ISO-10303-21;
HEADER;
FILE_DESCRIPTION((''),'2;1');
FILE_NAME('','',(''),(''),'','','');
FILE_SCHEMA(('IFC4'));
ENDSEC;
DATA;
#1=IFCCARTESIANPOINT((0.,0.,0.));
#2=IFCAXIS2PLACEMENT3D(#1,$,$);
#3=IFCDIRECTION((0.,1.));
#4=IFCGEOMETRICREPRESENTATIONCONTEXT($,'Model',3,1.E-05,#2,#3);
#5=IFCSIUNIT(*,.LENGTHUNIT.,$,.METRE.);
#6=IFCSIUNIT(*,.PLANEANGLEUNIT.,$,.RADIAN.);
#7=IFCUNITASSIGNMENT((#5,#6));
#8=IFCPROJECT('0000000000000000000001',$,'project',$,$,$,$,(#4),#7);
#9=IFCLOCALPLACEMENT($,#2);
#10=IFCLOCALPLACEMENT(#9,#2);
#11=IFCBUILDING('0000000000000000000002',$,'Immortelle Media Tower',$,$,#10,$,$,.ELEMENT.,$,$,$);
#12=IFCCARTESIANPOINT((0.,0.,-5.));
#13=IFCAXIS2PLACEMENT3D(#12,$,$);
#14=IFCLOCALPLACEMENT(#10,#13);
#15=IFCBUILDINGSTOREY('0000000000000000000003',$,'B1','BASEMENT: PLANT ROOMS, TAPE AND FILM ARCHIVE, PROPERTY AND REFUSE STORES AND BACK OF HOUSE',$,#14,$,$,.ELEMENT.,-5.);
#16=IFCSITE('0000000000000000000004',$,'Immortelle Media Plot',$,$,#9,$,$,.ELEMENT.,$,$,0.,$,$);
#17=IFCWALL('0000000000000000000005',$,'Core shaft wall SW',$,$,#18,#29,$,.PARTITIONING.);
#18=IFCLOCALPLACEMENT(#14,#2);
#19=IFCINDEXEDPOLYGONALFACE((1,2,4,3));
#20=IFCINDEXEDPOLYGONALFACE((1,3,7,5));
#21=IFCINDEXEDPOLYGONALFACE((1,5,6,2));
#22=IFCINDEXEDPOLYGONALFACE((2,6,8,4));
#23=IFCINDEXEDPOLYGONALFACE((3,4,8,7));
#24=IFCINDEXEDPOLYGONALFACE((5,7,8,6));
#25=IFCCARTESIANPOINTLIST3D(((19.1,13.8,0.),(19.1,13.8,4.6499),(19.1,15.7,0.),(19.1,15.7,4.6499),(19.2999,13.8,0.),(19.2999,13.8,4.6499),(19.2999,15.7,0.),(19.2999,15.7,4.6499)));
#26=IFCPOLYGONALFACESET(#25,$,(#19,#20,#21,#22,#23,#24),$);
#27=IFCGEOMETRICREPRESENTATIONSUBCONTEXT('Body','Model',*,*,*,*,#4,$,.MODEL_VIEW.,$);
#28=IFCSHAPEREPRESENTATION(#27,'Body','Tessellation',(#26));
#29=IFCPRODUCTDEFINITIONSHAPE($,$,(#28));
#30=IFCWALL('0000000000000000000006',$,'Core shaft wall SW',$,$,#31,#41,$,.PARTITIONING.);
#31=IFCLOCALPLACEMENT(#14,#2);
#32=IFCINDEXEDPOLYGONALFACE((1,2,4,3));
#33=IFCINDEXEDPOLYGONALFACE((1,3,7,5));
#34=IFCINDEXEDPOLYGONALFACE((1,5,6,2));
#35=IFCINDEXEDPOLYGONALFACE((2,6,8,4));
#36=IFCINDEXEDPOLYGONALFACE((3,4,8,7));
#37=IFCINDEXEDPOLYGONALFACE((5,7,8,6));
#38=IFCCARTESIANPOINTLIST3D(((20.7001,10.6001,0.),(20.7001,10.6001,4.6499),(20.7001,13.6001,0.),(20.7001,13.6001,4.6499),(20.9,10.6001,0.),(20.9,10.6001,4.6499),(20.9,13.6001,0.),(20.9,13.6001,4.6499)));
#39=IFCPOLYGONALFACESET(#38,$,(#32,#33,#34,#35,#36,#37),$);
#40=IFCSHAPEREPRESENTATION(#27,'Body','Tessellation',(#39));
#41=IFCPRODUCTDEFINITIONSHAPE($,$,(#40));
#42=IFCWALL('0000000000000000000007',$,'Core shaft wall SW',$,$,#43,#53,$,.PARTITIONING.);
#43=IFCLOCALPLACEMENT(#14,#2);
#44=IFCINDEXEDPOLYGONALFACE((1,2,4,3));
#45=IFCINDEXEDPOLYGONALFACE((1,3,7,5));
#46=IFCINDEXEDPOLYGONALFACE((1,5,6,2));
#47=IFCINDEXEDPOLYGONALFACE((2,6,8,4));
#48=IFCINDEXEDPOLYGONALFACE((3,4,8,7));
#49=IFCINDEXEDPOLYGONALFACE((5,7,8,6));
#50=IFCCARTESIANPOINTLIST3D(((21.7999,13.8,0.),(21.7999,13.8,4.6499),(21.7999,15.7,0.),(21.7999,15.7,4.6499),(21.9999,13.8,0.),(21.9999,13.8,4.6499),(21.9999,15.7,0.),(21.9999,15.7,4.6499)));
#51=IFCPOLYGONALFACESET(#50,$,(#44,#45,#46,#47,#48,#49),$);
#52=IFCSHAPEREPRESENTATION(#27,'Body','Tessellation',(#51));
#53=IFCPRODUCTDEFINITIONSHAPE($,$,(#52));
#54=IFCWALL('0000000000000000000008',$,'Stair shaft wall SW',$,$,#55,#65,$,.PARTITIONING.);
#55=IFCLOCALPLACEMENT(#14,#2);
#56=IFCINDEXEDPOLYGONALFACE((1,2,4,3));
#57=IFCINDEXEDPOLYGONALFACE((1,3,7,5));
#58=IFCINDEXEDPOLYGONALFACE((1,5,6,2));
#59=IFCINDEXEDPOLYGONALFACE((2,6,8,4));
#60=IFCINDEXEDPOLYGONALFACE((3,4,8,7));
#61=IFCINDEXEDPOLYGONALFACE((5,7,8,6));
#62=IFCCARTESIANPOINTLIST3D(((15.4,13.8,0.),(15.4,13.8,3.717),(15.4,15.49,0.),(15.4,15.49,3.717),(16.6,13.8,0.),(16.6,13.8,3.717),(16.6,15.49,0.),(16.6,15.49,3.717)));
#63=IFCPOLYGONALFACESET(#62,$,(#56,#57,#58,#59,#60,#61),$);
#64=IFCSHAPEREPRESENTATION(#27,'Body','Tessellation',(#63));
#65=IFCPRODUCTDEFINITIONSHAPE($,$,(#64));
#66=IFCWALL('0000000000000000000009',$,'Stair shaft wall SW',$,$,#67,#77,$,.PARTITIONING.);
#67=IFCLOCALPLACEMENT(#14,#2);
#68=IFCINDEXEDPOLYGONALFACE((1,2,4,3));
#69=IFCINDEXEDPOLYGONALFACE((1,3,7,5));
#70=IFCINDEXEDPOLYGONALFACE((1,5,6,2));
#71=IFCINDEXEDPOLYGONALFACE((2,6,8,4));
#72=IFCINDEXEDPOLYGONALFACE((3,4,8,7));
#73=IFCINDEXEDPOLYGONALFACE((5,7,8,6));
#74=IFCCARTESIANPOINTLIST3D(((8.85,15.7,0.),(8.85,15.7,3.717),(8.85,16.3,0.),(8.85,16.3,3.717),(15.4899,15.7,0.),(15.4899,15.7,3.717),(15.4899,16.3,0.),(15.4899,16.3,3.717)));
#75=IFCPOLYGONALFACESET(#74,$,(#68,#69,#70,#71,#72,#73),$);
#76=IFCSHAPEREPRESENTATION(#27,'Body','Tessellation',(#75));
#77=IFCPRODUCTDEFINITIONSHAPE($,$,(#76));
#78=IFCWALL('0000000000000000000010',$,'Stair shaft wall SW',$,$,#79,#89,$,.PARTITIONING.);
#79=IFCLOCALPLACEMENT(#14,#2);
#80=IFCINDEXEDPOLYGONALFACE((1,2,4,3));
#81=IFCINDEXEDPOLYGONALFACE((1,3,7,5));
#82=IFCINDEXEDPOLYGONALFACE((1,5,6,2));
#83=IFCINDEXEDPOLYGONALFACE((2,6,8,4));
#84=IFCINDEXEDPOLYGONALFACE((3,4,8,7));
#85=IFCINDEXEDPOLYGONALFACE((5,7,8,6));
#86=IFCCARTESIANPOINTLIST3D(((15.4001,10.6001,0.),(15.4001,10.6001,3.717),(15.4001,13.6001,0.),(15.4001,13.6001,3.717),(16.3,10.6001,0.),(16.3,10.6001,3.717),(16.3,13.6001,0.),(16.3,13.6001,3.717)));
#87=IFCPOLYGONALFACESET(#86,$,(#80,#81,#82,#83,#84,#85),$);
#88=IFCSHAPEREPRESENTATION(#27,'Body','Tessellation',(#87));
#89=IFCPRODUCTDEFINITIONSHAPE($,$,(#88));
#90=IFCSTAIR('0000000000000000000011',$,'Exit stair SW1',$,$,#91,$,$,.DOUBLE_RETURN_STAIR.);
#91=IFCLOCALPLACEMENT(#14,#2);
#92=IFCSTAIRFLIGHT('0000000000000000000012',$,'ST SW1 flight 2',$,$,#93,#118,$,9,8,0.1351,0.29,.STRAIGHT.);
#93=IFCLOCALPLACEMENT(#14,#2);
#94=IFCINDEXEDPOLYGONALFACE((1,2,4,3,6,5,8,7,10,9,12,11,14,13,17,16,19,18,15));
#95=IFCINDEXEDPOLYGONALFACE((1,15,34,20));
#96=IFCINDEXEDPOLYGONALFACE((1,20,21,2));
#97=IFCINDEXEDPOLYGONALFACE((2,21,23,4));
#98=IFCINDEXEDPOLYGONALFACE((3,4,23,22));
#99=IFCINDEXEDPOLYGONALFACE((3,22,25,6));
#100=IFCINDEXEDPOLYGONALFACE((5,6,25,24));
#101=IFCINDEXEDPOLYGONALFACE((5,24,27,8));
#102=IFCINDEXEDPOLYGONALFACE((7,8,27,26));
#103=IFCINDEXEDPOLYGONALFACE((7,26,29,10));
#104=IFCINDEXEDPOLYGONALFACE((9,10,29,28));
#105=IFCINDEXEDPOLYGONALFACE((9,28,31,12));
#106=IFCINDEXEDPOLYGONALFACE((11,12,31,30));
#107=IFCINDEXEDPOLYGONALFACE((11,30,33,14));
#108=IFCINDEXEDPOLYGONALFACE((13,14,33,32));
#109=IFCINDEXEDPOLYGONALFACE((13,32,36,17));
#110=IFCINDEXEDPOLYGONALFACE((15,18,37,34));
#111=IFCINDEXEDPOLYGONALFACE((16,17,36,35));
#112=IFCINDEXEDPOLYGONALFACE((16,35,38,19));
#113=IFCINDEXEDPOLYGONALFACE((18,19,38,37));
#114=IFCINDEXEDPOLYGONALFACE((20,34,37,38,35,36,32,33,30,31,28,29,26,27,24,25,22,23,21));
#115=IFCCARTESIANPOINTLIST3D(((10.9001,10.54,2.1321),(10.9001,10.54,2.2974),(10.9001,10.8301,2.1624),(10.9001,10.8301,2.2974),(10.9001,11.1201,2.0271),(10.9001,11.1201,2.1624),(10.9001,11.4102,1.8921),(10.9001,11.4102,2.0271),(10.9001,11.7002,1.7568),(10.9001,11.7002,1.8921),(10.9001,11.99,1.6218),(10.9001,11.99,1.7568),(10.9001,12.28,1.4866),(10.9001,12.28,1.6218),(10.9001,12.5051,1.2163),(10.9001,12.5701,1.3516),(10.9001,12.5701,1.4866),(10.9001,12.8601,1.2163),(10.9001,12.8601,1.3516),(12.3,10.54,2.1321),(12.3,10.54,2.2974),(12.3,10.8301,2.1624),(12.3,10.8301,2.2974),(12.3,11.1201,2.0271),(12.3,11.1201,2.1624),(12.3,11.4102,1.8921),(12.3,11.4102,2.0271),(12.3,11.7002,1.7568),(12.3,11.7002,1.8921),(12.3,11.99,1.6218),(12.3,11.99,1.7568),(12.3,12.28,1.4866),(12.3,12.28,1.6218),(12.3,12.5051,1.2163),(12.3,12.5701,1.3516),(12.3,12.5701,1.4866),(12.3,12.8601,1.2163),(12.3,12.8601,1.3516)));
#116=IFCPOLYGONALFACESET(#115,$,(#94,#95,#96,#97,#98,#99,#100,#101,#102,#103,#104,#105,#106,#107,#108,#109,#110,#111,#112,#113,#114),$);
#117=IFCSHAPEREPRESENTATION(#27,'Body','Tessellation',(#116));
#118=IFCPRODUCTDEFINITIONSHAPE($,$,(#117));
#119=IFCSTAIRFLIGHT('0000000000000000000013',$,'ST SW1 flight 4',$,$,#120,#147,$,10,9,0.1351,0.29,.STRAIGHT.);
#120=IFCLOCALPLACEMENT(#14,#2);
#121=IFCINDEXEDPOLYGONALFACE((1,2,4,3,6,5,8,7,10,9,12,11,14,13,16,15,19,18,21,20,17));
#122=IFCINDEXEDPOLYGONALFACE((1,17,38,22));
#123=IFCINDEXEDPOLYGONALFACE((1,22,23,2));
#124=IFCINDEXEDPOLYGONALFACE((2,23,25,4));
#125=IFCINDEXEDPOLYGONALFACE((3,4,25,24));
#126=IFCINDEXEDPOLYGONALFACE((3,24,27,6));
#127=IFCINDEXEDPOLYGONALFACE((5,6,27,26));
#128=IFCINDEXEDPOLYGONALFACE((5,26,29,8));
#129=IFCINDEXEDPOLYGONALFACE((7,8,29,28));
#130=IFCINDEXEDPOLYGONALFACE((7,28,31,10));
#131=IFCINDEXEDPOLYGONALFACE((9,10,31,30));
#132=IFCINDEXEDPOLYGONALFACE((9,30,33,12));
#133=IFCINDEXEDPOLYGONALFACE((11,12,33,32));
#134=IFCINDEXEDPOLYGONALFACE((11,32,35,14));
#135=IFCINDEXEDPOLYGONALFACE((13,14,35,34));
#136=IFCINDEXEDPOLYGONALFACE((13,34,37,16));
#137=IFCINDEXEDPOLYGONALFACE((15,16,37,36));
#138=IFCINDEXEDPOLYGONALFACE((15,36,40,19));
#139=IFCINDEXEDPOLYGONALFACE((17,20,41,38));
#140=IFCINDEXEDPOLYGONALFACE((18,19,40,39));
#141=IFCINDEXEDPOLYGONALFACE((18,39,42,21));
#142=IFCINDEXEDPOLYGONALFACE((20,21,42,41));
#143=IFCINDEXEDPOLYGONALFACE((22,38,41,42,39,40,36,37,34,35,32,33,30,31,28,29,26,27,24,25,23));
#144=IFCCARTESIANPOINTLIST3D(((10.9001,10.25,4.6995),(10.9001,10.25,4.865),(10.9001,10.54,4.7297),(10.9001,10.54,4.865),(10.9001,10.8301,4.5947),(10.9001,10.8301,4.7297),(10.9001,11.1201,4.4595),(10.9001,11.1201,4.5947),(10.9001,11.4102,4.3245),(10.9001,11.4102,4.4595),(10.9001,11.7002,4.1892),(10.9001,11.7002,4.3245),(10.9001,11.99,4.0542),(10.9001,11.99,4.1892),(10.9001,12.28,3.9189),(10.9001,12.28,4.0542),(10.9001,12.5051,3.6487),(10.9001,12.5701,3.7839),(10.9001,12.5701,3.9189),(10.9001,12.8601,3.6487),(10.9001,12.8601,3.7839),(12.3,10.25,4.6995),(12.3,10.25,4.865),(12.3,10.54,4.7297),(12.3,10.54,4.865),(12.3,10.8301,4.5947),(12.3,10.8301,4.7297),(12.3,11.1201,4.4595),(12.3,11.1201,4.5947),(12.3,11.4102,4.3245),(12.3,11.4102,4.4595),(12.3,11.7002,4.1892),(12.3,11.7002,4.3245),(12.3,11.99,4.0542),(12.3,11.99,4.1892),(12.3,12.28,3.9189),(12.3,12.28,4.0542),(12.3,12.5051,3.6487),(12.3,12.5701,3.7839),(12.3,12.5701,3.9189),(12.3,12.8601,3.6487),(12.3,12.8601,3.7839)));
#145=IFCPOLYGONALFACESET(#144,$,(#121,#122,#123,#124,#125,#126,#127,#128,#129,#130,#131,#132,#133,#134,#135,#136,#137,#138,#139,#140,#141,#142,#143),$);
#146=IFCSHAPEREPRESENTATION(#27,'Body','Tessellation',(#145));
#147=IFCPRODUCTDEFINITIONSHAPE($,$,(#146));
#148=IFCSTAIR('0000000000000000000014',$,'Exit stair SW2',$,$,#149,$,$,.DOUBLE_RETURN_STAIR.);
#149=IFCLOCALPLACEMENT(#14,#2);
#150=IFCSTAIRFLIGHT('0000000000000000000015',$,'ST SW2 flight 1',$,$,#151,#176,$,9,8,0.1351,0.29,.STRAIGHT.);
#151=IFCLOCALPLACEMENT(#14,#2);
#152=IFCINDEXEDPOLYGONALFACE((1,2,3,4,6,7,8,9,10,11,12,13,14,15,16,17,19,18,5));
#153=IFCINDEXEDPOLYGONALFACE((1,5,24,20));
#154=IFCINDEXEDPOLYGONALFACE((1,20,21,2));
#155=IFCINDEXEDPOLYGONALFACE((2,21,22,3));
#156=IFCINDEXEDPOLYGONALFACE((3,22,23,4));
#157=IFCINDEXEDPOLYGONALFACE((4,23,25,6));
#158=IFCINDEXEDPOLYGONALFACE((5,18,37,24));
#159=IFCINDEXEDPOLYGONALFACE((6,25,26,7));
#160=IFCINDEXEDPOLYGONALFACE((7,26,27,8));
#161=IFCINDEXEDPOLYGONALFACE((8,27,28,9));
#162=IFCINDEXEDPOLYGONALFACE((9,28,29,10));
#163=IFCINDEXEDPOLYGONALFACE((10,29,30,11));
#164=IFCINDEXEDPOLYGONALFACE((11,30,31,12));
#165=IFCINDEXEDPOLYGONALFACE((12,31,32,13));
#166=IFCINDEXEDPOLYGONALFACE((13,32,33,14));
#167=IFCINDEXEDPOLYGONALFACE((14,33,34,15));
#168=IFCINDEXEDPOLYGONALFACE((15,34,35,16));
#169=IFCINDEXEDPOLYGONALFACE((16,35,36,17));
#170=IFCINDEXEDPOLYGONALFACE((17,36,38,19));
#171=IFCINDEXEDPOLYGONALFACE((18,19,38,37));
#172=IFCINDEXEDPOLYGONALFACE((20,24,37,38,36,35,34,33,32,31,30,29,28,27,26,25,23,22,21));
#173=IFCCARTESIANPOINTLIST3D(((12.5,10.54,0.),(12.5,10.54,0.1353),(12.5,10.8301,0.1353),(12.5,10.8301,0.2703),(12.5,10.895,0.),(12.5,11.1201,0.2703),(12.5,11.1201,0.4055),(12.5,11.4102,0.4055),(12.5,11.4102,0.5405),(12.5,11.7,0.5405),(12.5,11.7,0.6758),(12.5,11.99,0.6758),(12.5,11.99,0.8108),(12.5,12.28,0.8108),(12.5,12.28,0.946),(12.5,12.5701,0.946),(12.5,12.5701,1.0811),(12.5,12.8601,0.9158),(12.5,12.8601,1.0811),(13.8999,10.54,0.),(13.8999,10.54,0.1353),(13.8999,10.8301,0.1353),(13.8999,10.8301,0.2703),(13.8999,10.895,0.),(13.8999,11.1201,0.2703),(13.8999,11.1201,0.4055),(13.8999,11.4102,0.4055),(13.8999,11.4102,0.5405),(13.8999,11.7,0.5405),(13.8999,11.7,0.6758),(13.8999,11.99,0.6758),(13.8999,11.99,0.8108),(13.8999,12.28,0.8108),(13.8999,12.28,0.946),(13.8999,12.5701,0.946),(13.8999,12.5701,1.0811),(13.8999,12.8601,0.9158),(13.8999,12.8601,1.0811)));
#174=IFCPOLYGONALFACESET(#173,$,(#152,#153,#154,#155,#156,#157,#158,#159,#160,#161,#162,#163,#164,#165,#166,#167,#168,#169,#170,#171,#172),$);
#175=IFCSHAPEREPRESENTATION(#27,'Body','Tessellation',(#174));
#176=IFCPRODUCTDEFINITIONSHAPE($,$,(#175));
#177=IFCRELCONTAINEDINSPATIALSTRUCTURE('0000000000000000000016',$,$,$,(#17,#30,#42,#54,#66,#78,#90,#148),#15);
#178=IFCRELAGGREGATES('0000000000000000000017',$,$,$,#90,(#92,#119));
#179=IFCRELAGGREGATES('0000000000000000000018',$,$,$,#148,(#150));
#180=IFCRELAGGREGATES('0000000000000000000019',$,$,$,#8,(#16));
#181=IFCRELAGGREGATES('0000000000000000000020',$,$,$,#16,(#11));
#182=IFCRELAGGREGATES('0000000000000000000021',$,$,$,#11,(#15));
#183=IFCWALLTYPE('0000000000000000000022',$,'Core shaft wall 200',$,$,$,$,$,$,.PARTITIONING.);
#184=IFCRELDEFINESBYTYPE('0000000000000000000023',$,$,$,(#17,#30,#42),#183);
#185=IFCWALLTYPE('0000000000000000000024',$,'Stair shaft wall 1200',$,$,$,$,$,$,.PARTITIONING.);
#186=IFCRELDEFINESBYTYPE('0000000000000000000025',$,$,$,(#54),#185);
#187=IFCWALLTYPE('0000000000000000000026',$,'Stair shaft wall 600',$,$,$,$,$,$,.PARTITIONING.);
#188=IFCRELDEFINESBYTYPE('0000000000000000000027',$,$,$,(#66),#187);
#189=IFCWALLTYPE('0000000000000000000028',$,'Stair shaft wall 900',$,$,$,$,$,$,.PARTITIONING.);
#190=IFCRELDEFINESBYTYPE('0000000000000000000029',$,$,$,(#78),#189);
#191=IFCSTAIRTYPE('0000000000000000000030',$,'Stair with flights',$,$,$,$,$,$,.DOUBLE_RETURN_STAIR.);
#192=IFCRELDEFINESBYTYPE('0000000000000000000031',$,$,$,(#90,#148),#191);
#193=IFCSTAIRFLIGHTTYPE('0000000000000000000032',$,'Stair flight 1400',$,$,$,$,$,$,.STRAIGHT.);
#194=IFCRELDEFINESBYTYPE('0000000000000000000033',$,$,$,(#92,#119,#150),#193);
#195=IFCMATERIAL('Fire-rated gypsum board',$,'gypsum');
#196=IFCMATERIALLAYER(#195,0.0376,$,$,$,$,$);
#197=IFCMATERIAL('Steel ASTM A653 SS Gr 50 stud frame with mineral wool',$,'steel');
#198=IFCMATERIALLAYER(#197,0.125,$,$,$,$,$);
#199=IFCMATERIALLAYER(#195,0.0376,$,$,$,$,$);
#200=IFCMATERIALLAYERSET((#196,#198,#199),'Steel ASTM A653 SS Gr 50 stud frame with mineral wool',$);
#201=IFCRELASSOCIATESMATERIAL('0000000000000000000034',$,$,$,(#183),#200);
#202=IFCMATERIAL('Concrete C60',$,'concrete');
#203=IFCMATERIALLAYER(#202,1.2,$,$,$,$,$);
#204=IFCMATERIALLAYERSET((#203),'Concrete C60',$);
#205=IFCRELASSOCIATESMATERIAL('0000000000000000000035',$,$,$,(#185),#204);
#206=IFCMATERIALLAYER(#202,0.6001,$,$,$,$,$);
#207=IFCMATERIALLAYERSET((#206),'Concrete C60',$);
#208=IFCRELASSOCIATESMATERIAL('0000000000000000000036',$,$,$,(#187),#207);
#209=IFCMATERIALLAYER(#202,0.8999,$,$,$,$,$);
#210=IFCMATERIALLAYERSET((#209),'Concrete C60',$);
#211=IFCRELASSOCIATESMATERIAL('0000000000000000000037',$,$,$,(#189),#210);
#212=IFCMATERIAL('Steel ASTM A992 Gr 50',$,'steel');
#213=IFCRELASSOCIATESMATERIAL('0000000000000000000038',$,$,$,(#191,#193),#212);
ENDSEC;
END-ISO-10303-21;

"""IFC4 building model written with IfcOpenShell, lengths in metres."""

from ifc_helpers import new_model, si_unit, direction, frame, frame_2d, origin, place, context, subcontext, project, spatial, polyline, rectangle, outline, extrude, material, layer, layer_set, type_object, element, aggregate, save


model = new_model("IFC4")

# Units and contexts
model_context = context("Model", 3, precision=1e-05, world=origin(), true_north=direction((0.0, 1.0)))
body_context = subcontext(model_context, "Body", "Model", "MODEL_VIEW")
ifc_project = project(units=[si_unit("LENGTHUNIT", "METRE"), si_unit("PLANEANGLEUNIT", "RADIAN")], contexts=[model_context])

# Site, building, storey
site_placement = place(None, origin())
site = spatial("IfcSite", under=ifc_project, at=site_placement, Name="Immortelle Media Plot", CompositionType="ELEMENT", RefElevation=0.0)
building_placement = place(site_placement, origin())
building = spatial("IfcBuilding", under=site, at=building_placement, Name="Immortelle Media Tower", CompositionType="ELEMENT")
storey_placement = place(building_placement, frame((0.0, 0.0, -5.0)))
storey = spatial("IfcBuildingStorey", under=building, at=storey_placement, Name="B1", Description="BASEMENT: PLANT ROOMS, TAPE AND FILM ARCHIVE, PROPERTY AND REFUSE STORES AND BACK OF HOUSE", CompositionType="ELEMENT", Elevation=-5.0)

# Shared definitions
ifc_material_1 = material(Name="Concrete C60", Category="concrete")

# Walls
ifc_material_2 = material(Name="Fire-rated gypsum board", Category="gypsum")
ifc_layer_1 = layer(ifc_material_2, 0.0376)
ifc_material_3 = material(Name="Steel ASTM A653 SS Gr 50 stud frame with mineral wool", Category="steel")
ifc_layer_2 = layer(ifc_material_3, 0.125)
ifc_layer_3 = layer(ifc_material_2, 0.0376)
ifc_layer_set_1 = layer_set([ifc_layer_1, ifc_layer_2, ifc_layer_3], Name="Steel ASTM A653 SS Gr 50 stud frame with mineral wool")
wall_type_1 = type_object("IfcWallType", Name="Core shaft wall 200", PredefinedType="PARTITIONING", material=ifc_layer_set_1)
wall_1_placement = place(storey_placement, frame((19.2, 13.8, 0.0), z_axis=(0.0, 0.0, 1.0), x_axis=(0.0, 1.0, 0.0)))
element("IfcWall", 1, at=wall_1_placement, inside=storey, type_object=wall_type_1, Name="Core shaft wall SW", PredefinedType="PARTITIONING", context=body_context, shape_type="SweptSolid", body=[
    extrude(rectangle(XDim=1.8999, YDim=0.2, at=frame_2d((0.95, 0.0))), origin(), (0.0, 0.0, 1.0), 4.6499),
])
wall_2_placement = place(storey_placement, frame((20.8, 10.6001, 0.0), z_axis=(0.0, 0.0, 1.0), x_axis=(0.0, 1.0, 0.0)))
element("IfcWall", 2, at=wall_2_placement, inside=storey, type_object=wall_type_1, Name="Core shaft wall SW", PredefinedType="PARTITIONING", context=body_context, shape_type="SweptSolid", body=[
    extrude(rectangle(XDim=3.0, YDim=0.2, at=frame_2d((1.5, 0.0))), origin(), (0.0, 0.0, 1.0), 4.6499),
])
wall_3_placement = place(storey_placement, frame((21.8999, 13.8, 0.0), z_axis=(0.0, 0.0, 1.0), x_axis=(0.0, 1.0, 0.0)))
element("IfcWall", 3, at=wall_3_placement, inside=storey, type_object=wall_type_1, Name="Core shaft wall SW", PredefinedType="PARTITIONING", context=body_context, shape_type="SweptSolid", body=[
    extrude(rectangle(XDim=1.8999, YDim=0.2, at=frame_2d((0.95, 0.0))), origin(), (0.0, 0.0, 1.0), 4.6499),
])
ifc_layer_4 = layer(ifc_material_1, 1.2)
ifc_layer_set_2 = layer_set([ifc_layer_4], Name="Concrete C60")
wall_type_2 = type_object("IfcWallType", Name="Stair shaft wall 1200", PredefinedType="PARTITIONING", material=ifc_layer_set_2)
wall_4_placement = place(storey_placement, frame((16.0, 13.8, 0.0), z_axis=(0.0, 0.0, 1.0), x_axis=(0.0, 1.0, 0.0)))
element("IfcWall", 4, at=wall_4_placement, inside=storey, type_object=wall_type_2, Name="Stair shaft wall SW", PredefinedType="PARTITIONING", context=body_context, shape_type="SweptSolid", body=[
    extrude(rectangle(XDim=1.6899, YDim=1.2, at=frame_2d((0.845, 0.0))), origin(), (0.0, 0.0, 1.0), 3.717),
])
ifc_layer_5 = layer(ifc_material_1, 0.6001)
ifc_layer_set_3 = layer_set([ifc_layer_5], Name="Concrete C60")
wall_type_3 = type_object("IfcWallType", Name="Stair shaft wall 600", PredefinedType="PARTITIONING", material=ifc_layer_set_3)
wall_5_placement = place(storey_placement, frame((8.8501, 16.0, 0.0), z_axis=(0.0, 0.0, 1.0), x_axis=(1.0, 0.0, 0.0)))
element("IfcWall", 5, at=wall_5_placement, inside=storey, type_object=wall_type_3, Name="Stair shaft wall SW", PredefinedType="PARTITIONING", context=body_context, shape_type="SweptSolid", body=[
    extrude(rectangle(XDim=6.6399, YDim=0.6001, at=frame_2d((3.3198, 0.0))), origin(), (0.0, 0.0, 1.0), 3.717),
])
ifc_layer_6 = layer(ifc_material_1, 0.8999)
ifc_layer_set_4 = layer_set([ifc_layer_6], Name="Concrete C60")
wall_type_4 = type_object("IfcWallType", Name="Stair shaft wall 900", PredefinedType="PARTITIONING", material=ifc_layer_set_4)
wall_6_placement = place(storey_placement, frame((15.8501, 10.6001, 0.0), z_axis=(0.0, 0.0, 1.0), x_axis=(0.0, 1.0, 0.0)))
element("IfcWall", 6, at=wall_6_placement, inside=storey, type_object=wall_type_4, Name="Stair shaft wall SW", PredefinedType="PARTITIONING", context=body_context, shape_type="SweptSolid", body=[
    extrude(rectangle(XDim=3.0, YDim=0.8999, at=frame_2d((1.5, 0.0))), origin(), (0.0, 0.0, 1.0), 3.717),
])

# Stairs, stair flights
ifc_material_4 = material(Name="Steel ASTM A992 Gr 50", Category="steel")
stair_type = type_object("IfcStairType", Name="Stair with flights", PredefinedType="DOUBLE_RETURN_STAIR", material=ifc_material_4)
stair_1_placement = place(storey_placement, origin())
stair_1 = element("IfcStair", 7, at=stair_1_placement, inside=storey, type_object=stair_type, Name="Exit stair SW1", PredefinedType="DOUBLE_RETURN_STAIR")
stair_flight_type = type_object("IfcStairFlightType", Name="Stair flight 1400", PredefinedType="STRAIGHT", material=ifc_material_4)
stair_flight_1_placement = place(storey_placement, frame((11.6001, 12.8601, 1.2163), z_axis=(0.0, 0.0, 1.0), x_axis=(0.0, -1.0, 0.0)))
stair_flight_1 = element("IfcStairFlight", 8, at=stair_flight_1_placement, type_object=stair_flight_type, Name="ST SW1 flight 2", NumberOfRisers=9, NumberOfTreads=8, PredefinedType="STRAIGHT", RiserHeight=0.1351, TreadLength=0.29, context=body_context, shape_type="SweptSolid", body=[
    extrude(outline(polyline([(0.0, 0.0), (0.0, 0.1353), (0.29, 0.1353), (0.29, 0.2703), (0.5801, 0.2703), (0.5801, 0.4055), (0.8701, 0.4055), (0.8701, 0.5405), (1.1599, 0.5405), (1.1599, 0.6758), (1.45, 0.6758), (1.45, 0.8108), (1.74, 0.8108), (1.74, 0.946), (2.03, 0.946), (2.03, 1.0811), (2.3201, 1.0811), (2.3201, 1.2163), (2.3201, 0.9158), (0.355, 0.0), (0.0, 0.0)])), frame((0.0, 0.7, 0.0), z_axis=(0.0, -1.0, 0.0), x_axis=(1.0, 0.0, 0.0)), (0.0, 0.0, 1.0), 1.3999),
])
stair_flight_2_placement = place(storey_placement, frame((11.6001, 12.8601, 3.6487), z_axis=(0.0, 0.0, 1.0), x_axis=(0.0, -1.0, 0.0)))
stair_flight_2 = element("IfcStairFlight", 9, at=stair_flight_2_placement, type_object=stair_flight_type, Name="ST SW1 flight 4", NumberOfRisers=10, NumberOfTreads=9, PredefinedType="STRAIGHT", RiserHeight=0.1351, TreadLength=0.29, context=body_context, shape_type="SweptSolid", body=[
    extrude(outline(polyline([(0.0, 0.0), (0.0, 0.1353), (0.29, 0.1353), (0.29, 0.2703), (0.5801, 0.2703), (0.5801, 0.4055), (0.8701, 0.4055), (0.8701, 0.5405), (1.1599, 0.5405), (1.1599, 0.6758), (1.45, 0.6758), (1.45, 0.8108), (1.74, 0.8108), (1.74, 0.946), (2.03, 0.946), (2.03, 1.0811), (2.3201, 1.0811), (2.3201, 1.2163), (2.6101, 1.2163), (2.6101, 1.3513), (2.6101, 1.0508), (0.355, 0.0), (0.0, 0.0)])), frame((0.0, 0.7, 0.0), z_axis=(0.0, -1.0, 0.0), x_axis=(1.0, 0.0, 0.0)), (0.0, 0.0, 1.0), 1.3999),
])
aggregate(stair_1, [stair_flight_1, stair_flight_2])
stair_2_placement = place(storey_placement, origin())
stair_2 = element("IfcStair", 10, at=stair_2_placement, inside=storey, type_object=stair_type, Name="Exit stair SW2", PredefinedType="DOUBLE_RETURN_STAIR")
stair_flight_3_placement = place(storey_placement, frame((13.2, 10.54, 0.0), z_axis=(0.0, 0.0, 1.0), x_axis=(0.0, 1.0, 0.0)))
stair_flight_3 = element("IfcStairFlight", 11, at=stair_flight_3_placement, type_object=stair_flight_type, Name="ST SW2 flight 1", NumberOfRisers=9, NumberOfTreads=8, PredefinedType="STRAIGHT", RiserHeight=0.1351, TreadLength=0.29, context=body_context, shape_type="SweptSolid", body=[
    extrude(outline(polyline([(0.0, 0.0), (0.0, 0.1353), (0.29, 0.1353), (0.29, 0.2703), (0.5801, 0.2703), (0.5801, 0.4055), (0.8701, 0.4055), (0.8701, 0.5405), (1.1599, 0.5405), (1.1599, 0.6758), (1.45, 0.6758), (1.45, 0.8108), (1.74, 0.8108), (1.74, 0.946), (2.03, 0.946), (2.03, 1.0811), (2.3201, 1.0811), (2.3201, 1.2163), (2.3201, 0.9158), (0.355, 0.0), (0.0, 0.0)])), frame((0.0, 0.7, 0.0), z_axis=(0.0, -1.0, 0.0), x_axis=(1.0, 0.0, 0.0)), (0.0, 0.0, 1.0), 1.3999),
])
aggregate(stair_2, [stair_flight_3])

save(model, "model.ifc")
